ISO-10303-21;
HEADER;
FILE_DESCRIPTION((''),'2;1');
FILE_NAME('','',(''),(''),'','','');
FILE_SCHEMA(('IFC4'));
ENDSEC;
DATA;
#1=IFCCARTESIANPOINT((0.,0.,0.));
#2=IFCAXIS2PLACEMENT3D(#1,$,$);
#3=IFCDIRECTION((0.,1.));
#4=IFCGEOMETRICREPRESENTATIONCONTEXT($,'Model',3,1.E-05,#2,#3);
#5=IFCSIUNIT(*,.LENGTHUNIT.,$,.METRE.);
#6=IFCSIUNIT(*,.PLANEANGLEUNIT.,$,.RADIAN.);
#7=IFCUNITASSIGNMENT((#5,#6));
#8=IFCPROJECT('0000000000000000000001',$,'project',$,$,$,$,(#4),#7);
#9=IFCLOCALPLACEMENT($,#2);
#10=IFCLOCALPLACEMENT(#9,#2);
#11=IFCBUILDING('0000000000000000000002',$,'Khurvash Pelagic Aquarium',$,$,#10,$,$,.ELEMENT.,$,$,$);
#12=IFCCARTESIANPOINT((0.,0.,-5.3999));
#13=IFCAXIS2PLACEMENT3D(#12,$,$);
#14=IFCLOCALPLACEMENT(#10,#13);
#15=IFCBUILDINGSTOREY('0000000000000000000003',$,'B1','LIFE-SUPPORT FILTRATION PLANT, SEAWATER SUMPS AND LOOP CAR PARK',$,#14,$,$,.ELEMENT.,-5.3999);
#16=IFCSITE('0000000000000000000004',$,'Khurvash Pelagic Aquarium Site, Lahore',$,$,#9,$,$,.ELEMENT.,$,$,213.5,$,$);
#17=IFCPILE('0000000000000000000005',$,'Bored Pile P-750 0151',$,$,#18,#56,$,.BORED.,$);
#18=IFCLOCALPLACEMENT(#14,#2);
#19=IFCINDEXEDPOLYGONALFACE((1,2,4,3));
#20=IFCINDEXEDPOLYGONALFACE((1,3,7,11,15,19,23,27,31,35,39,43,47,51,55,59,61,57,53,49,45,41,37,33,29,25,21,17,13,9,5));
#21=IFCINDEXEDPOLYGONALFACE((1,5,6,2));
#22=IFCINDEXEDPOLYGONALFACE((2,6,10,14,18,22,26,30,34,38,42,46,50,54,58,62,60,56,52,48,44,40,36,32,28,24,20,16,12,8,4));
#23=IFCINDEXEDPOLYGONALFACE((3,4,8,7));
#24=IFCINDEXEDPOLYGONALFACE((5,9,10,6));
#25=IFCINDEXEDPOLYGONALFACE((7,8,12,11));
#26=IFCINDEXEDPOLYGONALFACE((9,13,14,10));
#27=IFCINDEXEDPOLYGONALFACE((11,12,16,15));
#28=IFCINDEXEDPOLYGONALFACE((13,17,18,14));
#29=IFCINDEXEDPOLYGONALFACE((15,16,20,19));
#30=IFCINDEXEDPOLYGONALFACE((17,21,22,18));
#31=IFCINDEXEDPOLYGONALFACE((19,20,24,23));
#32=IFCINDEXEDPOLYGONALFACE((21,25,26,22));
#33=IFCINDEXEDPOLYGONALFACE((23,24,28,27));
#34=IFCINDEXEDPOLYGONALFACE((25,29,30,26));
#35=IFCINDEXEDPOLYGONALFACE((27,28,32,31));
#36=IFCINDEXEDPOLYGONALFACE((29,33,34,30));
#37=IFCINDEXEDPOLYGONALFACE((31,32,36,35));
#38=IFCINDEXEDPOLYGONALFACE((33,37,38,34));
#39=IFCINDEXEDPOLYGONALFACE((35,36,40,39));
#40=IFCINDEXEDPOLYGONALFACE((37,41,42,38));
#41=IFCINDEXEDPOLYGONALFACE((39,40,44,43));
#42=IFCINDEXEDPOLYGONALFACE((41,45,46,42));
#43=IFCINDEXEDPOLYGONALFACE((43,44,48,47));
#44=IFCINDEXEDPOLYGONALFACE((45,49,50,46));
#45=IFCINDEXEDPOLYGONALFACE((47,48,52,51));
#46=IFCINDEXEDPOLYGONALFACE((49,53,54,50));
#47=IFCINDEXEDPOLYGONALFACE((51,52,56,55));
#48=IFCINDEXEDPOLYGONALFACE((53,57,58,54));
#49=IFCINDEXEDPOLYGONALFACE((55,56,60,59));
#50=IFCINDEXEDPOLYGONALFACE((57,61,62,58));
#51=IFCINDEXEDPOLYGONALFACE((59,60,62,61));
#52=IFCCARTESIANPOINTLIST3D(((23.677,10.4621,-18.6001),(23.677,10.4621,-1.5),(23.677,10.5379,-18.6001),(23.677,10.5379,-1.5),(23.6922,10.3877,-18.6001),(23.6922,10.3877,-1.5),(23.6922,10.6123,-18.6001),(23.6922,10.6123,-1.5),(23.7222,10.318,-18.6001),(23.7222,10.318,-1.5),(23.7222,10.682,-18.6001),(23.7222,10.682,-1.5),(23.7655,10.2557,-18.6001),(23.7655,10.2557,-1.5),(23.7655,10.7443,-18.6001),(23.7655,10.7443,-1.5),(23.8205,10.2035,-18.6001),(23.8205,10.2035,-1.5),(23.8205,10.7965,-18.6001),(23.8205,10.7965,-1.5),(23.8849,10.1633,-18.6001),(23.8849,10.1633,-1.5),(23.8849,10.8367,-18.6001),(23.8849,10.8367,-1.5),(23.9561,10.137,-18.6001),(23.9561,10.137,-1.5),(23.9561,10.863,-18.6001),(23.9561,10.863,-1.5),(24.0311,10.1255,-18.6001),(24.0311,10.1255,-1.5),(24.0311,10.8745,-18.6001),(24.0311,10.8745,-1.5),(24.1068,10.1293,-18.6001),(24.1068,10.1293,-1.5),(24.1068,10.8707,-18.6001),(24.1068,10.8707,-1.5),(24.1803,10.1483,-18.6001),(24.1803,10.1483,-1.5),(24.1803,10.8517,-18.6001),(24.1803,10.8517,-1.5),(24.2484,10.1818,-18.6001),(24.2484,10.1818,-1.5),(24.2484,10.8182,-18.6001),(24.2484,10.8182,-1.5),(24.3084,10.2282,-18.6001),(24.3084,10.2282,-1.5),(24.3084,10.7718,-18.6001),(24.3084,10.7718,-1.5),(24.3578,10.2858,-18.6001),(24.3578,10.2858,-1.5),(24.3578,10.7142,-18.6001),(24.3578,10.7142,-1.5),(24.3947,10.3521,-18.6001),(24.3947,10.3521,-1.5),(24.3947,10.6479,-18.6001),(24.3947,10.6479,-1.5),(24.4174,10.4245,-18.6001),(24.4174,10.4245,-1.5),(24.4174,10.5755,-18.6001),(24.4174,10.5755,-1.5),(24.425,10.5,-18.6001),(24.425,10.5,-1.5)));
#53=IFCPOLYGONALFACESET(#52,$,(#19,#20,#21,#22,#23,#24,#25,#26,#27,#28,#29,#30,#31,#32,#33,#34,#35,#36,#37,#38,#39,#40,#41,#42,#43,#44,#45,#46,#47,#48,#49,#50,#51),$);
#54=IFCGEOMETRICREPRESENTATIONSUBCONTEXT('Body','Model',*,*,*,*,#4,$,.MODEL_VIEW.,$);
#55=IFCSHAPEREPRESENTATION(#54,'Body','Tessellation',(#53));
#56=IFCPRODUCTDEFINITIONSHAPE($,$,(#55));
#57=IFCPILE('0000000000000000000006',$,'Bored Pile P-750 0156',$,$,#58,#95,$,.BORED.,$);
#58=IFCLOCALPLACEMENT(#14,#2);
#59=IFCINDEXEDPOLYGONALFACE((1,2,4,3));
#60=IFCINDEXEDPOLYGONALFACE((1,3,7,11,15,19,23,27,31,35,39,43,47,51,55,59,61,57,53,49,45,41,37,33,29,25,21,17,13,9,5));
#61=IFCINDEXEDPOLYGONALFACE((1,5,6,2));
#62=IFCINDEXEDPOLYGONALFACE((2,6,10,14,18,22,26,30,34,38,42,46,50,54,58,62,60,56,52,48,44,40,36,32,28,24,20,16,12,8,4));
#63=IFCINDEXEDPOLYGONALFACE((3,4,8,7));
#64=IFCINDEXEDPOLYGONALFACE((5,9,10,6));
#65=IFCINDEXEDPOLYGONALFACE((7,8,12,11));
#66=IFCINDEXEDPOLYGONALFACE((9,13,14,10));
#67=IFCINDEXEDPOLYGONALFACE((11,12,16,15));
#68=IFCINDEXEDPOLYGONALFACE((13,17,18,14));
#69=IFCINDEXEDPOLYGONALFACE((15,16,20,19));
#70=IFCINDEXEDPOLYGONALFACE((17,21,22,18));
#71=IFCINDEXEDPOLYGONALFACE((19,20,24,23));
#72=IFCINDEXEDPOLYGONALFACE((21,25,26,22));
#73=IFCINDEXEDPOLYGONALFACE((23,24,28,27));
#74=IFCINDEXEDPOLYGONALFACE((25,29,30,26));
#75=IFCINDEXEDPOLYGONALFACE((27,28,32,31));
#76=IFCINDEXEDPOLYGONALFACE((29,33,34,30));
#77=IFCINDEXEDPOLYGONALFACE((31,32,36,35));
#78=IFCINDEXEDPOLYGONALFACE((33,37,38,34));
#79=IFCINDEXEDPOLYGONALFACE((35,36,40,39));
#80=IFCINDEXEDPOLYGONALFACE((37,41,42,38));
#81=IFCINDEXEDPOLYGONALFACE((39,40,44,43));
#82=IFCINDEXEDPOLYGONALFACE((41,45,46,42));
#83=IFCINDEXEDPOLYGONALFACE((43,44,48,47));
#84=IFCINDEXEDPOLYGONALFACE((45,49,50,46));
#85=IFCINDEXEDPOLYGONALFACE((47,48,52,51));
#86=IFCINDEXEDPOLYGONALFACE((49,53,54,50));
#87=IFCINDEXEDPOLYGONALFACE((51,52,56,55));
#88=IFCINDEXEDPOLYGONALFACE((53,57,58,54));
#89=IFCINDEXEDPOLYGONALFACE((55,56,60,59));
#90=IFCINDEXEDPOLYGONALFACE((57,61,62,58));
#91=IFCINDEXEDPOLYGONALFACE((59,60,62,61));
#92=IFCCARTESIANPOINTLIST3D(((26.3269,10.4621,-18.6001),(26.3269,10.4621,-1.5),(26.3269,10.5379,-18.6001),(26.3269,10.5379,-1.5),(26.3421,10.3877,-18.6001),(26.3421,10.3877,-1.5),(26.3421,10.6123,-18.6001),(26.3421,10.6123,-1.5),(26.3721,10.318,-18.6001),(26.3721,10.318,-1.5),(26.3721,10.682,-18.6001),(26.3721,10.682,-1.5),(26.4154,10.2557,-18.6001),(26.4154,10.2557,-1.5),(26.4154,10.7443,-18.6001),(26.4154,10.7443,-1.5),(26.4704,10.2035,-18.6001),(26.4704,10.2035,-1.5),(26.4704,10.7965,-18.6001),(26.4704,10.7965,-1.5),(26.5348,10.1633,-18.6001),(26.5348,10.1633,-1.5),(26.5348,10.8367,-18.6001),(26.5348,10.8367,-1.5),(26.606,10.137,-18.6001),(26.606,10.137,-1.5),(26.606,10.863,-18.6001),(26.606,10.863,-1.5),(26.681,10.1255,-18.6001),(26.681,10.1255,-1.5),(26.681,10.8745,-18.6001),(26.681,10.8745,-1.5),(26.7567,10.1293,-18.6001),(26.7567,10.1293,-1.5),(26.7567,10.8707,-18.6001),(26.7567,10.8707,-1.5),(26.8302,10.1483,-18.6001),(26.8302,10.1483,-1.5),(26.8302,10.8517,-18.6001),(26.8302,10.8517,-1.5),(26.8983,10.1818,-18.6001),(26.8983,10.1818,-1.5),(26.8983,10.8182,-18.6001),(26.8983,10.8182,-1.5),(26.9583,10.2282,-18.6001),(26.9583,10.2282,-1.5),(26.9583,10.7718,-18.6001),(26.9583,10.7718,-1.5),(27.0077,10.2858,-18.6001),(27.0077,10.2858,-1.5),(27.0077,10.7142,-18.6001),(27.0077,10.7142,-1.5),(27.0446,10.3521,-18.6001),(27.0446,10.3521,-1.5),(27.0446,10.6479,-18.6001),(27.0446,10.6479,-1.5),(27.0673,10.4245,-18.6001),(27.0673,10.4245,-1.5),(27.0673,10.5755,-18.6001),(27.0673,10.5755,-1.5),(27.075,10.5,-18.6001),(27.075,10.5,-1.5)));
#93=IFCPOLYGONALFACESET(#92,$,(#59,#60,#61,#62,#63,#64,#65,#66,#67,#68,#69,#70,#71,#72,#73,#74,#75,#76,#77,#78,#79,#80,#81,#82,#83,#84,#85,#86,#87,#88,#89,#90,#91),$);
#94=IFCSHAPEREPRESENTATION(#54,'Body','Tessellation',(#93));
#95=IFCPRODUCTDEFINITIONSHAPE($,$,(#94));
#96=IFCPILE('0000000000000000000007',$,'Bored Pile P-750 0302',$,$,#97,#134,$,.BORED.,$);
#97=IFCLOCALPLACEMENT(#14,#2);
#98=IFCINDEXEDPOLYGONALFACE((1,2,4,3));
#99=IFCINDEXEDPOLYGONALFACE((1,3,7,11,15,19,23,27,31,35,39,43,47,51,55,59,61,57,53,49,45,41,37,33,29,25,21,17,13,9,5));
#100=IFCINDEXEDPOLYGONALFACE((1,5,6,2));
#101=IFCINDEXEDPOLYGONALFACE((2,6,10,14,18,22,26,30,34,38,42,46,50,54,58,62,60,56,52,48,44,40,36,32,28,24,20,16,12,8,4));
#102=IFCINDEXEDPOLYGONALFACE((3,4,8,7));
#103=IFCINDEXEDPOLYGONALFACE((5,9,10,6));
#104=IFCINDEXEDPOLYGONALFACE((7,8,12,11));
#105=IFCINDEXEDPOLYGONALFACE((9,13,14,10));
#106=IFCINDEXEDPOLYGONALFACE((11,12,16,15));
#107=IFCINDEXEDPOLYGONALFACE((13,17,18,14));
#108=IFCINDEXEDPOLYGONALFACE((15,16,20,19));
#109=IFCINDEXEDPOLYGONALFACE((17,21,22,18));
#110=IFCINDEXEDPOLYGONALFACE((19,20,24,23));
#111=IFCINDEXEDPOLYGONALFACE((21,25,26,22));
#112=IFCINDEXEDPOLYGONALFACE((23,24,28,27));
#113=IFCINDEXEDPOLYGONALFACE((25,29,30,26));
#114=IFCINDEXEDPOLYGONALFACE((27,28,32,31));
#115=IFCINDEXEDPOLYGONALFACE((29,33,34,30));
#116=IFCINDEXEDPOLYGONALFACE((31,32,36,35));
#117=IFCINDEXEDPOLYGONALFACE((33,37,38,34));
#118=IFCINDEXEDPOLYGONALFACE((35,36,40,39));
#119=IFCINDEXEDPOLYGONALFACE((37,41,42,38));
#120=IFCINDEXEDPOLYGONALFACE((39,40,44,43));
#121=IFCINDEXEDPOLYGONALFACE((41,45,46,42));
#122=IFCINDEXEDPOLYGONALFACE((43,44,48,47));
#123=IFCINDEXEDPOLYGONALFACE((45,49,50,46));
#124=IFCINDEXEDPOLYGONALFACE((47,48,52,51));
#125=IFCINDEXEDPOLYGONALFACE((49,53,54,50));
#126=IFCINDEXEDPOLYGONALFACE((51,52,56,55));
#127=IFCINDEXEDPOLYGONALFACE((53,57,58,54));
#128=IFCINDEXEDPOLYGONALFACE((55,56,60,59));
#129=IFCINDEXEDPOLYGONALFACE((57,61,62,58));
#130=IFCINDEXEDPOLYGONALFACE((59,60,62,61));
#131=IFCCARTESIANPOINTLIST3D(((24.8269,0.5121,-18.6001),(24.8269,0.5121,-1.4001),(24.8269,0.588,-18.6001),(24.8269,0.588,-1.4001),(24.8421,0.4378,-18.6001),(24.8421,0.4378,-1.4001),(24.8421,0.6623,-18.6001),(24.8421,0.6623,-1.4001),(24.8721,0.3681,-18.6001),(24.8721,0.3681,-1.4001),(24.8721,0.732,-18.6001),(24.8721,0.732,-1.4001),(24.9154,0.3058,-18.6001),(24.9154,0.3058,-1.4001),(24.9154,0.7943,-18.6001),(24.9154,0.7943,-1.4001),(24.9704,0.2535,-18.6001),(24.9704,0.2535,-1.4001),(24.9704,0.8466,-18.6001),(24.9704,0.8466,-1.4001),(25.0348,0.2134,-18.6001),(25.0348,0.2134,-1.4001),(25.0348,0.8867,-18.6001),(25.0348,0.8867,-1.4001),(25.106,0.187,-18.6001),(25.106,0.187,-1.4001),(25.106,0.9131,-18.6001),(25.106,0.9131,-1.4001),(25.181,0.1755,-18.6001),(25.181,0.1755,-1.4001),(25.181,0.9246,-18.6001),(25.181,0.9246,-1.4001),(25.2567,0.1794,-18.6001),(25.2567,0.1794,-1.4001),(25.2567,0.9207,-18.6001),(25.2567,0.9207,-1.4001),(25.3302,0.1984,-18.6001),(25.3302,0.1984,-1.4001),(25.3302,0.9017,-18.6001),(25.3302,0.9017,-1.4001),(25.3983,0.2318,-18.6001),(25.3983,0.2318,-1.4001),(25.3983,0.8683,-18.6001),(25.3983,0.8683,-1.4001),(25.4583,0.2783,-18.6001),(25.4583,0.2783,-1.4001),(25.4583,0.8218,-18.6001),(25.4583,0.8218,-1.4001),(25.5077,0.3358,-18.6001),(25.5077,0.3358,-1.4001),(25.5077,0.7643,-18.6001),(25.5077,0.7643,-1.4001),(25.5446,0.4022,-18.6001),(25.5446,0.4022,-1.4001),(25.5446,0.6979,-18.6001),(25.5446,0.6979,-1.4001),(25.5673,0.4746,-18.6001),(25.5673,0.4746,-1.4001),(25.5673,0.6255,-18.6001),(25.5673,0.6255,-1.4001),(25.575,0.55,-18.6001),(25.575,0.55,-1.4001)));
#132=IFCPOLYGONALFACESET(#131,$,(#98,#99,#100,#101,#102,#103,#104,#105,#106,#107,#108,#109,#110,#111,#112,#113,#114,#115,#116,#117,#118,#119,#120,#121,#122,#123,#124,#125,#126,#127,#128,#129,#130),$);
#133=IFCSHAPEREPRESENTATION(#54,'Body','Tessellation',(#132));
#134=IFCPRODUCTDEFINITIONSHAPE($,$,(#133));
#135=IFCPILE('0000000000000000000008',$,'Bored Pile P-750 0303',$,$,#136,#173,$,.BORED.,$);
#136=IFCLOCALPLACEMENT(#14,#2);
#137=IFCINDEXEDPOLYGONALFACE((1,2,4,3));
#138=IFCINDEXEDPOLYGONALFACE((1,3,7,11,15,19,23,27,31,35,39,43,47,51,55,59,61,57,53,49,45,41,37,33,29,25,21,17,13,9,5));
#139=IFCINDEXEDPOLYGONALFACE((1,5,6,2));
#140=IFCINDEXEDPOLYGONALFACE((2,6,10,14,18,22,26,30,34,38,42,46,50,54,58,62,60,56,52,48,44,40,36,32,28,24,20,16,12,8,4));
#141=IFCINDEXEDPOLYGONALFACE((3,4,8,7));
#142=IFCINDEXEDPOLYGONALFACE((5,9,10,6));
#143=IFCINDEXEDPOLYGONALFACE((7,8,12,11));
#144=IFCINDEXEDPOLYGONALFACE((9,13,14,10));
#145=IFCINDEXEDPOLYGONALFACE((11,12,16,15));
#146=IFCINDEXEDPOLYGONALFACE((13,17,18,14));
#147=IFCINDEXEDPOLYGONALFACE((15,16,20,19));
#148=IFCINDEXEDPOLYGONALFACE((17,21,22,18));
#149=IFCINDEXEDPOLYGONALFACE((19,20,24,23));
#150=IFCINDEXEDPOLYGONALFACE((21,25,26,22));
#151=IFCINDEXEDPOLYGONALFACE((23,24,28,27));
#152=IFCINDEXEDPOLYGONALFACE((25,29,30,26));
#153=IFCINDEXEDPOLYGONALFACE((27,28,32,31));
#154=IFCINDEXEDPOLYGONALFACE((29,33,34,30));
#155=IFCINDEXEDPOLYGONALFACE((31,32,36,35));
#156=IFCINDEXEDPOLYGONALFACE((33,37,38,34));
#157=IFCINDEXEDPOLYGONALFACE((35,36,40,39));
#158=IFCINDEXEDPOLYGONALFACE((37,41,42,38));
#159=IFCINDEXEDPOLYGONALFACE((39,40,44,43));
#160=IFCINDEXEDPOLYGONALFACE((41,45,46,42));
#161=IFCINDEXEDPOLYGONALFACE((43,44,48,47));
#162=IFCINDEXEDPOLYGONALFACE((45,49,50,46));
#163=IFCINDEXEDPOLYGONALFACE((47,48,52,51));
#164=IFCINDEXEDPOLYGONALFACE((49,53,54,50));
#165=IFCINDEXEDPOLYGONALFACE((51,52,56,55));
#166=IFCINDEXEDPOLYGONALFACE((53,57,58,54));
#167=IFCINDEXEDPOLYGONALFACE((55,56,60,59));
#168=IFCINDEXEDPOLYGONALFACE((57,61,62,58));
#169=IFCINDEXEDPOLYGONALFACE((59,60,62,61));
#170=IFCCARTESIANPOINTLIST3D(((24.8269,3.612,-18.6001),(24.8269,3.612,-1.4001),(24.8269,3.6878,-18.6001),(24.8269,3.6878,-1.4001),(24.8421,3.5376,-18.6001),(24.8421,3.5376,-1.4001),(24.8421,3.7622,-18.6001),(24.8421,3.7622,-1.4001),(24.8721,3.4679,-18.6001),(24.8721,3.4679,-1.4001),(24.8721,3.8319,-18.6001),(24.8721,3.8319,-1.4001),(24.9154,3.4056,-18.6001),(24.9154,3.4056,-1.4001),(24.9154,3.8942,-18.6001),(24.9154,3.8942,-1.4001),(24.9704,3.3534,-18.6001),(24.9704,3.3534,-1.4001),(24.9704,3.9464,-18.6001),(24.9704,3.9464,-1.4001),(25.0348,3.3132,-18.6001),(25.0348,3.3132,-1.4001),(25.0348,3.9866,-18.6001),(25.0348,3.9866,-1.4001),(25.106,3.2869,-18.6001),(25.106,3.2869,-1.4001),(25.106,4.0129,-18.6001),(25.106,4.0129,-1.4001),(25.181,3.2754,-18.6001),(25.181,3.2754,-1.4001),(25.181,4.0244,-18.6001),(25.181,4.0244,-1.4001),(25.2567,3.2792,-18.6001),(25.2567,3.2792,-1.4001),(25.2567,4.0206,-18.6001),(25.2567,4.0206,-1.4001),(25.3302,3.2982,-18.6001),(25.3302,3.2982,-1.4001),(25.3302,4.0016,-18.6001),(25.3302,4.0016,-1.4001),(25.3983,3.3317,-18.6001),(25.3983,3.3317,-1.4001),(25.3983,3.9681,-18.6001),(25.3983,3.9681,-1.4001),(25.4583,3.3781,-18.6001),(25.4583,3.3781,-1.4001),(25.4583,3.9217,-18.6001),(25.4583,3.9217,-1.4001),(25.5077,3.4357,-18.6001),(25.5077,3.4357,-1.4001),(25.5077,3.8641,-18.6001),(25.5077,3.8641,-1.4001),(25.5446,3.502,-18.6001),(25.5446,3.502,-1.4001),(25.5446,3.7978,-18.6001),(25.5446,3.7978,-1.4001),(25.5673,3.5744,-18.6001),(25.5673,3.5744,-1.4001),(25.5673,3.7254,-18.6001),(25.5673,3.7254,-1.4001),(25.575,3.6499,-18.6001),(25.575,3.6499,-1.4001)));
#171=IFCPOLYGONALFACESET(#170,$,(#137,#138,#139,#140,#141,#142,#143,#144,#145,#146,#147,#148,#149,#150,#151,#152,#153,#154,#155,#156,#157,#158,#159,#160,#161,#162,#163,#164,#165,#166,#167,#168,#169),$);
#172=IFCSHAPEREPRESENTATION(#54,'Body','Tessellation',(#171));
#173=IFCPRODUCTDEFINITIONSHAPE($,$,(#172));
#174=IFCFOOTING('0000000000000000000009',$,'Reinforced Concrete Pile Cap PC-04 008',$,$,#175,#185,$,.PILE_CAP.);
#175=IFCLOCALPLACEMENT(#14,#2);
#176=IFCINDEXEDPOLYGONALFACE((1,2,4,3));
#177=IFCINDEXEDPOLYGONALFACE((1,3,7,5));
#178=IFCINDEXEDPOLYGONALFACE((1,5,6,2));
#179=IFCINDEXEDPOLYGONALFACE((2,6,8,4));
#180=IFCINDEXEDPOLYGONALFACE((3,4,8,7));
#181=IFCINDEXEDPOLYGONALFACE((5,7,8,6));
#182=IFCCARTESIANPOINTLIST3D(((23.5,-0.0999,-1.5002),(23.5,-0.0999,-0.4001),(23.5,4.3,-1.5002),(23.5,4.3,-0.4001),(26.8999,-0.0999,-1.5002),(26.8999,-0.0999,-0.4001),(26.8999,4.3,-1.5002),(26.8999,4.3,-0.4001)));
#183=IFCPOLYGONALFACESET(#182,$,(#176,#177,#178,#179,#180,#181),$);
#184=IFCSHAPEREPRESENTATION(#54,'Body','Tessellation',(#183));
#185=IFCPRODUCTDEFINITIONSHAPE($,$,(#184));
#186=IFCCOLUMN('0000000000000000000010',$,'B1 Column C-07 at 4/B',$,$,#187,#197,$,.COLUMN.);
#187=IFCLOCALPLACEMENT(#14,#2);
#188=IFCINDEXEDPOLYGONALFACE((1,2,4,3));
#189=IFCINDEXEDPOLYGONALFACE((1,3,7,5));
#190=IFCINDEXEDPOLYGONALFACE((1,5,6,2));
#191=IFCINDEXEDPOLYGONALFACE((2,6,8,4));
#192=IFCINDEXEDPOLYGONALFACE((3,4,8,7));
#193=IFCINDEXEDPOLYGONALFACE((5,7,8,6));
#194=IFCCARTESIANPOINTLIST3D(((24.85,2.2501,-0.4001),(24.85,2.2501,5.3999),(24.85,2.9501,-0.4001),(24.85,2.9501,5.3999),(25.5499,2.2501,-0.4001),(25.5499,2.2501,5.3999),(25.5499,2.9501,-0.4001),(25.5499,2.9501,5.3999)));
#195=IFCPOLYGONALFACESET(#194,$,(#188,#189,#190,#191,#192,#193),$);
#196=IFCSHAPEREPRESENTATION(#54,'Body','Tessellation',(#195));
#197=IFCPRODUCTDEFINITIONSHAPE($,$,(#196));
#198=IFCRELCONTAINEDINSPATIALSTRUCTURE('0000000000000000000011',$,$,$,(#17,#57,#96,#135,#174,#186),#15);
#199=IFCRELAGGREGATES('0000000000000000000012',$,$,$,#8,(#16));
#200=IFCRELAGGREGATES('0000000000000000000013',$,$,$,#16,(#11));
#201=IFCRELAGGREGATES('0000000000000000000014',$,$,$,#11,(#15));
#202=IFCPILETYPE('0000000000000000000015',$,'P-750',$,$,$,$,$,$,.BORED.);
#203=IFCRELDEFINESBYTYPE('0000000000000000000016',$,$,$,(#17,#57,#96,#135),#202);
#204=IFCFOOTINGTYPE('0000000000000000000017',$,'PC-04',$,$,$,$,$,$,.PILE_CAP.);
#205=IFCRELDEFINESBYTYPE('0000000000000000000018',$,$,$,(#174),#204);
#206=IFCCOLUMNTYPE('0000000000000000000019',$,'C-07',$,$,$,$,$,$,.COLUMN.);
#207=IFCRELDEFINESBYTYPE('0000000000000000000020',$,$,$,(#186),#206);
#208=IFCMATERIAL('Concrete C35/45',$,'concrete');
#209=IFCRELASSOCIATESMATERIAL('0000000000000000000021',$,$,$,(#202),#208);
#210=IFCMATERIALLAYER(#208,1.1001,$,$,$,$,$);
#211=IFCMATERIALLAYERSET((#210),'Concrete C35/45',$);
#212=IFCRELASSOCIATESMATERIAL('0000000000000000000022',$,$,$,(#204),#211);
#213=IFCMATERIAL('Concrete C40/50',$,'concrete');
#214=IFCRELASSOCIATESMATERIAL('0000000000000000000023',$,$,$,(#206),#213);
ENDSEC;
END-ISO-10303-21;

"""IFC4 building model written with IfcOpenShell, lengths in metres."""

from ifc_helpers import new_model, si_unit, direction, frame, origin, origin_2d, place, context, subcontext, project, spatial, rectangle, circle, extrude, material, layer, layer_set, material_profile, profile_set, type_object, element, save


model = new_model("IFC4")

# Units and contexts
model_context = context("Model", 3, precision=1e-05, world=origin(), true_north=direction((0.0, 1.0)))
body_context = subcontext(model_context, "Body", "Model", "MODEL_VIEW")
ifc_project = project(units=[si_unit("LENGTHUNIT", "METRE"), si_unit("PLANEANGLEUNIT", "RADIAN")], contexts=[model_context])

# Site, building, storey
site_placement = place(None, origin())
site = spatial("IfcSite", under=ifc_project, at=site_placement, Name="Khurvash Pelagic Aquarium Site, Lahore", CompositionType="ELEMENT", RefElevation=213.5)
building_placement = place(site_placement, origin())
building = spatial("IfcBuilding", under=site, at=building_placement, Name="Khurvash Pelagic Aquarium", CompositionType="ELEMENT")
storey_placement = place(building_placement, frame((0.0, 0.0, -5.3999)))
storey = spatial("IfcBuildingStorey", under=building, at=storey_placement, Name="B1", Description="LIFE-SUPPORT FILTRATION PLANT, SEAWATER SUMPS AND LOOP CAR PARK", CompositionType="ELEMENT", Elevation=-5.3999)

# Piles
ifc_material_1 = material(Name="Concrete C35/45", Category="concrete")
ifc_material_profile_1 = material_profile(ifc_material_1, circle(Radius=0.375, at=origin_2d()), Name="PILE750")
ifc_profile_set_1 = profile_set([ifc_material_profile_1], Name="Concrete C35/45")
pile_type = type_object("IfcPileType", Name="P-750", PredefinedType="BORED", material=ifc_profile_set_1)
for number, where, z_axis, x_axis, name in (
    (1, (24.05, 10.5, -1.5), (0.0, 0.0, -1.0), (1.0, 0.0, 0.0), "Bored Pile P-750 0151"),
    (2, (26.7, 10.5, -1.5), (0.0, 0.0, -1.0), (1.0, 0.0, 0.0), "Bored Pile P-750 0156"),
):
    element("IfcPile", number, at=place(storey_placement, frame(where, z_axis=z_axis, x_axis=x_axis)), inside=storey, type_object=pile_type, Name=name, PredefinedType="BORED", context=body_context, shape_type="SweptSolid", body=[
        extrude(circle(Radius=0.375, at=origin_2d()), origin(), (0.0, 0.0, 1.0), 17.1001),
    ])
for number, where, z_axis, x_axis, name in (
    (3, (25.2, 0.55, -1.4001), (0.0, 0.0, -1.0), (1.0, 0.0, 0.0), "Bored Pile P-750 0302"),
    (4, (25.2, 3.6499, -1.4001), (0.0, 0.0, -1.0), (1.0, 0.0, 0.0), "Bored Pile P-750 0303"),
):
    element("IfcPile", number, at=place(storey_placement, frame(where, z_axis=z_axis, x_axis=x_axis)), inside=storey, type_object=pile_type, Name=name, PredefinedType="BORED", context=body_context, shape_type="SweptSolid", body=[
        extrude(circle(Radius=0.375, at=origin_2d()), origin(), (0.0, 0.0, 1.0), 17.2),
    ])

# Footing
ifc_layer_1 = layer(ifc_material_1, 1.1001)
ifc_layer_set_1 = layer_set([ifc_layer_1], Name="Concrete C35/45")
footing_type = type_object("IfcFootingType", Name="PC-04", PredefinedType="PILE_CAP", material=ifc_layer_set_1)
footing_placement = place(storey_placement, frame((25.2, 2.1001, -1.5002), z_axis=(0.0, 0.0, 1.0), x_axis=(1.0, 0.0, 0.0)))
element("IfcFooting", 5, at=footing_placement, inside=storey, type_object=footing_type, Name="Reinforced Concrete Pile Cap PC-04 008", PredefinedType="PILE_CAP", context=body_context, shape_type="SweptSolid", body=[
    extrude(rectangle(XDim=3.3999, YDim=4.3999, at=origin_2d()), origin(), (0.0, 0.0, 1.0), 1.1001),
])

# Column
ifc_material_2 = material(Name="Concrete C40/50", Category="concrete")
ifc_material_profile_2 = material_profile(ifc_material_2, rectangle(XDim=0.7, YDim=0.7, at=origin_2d()), Name="RC700X700")
ifc_profile_set_2 = profile_set([ifc_material_profile_2], Name="Concrete C40/50")
column_type_1 = type_object("IfcColumnType", Name="C-07", PredefinedType="COLUMN", material=ifc_profile_set_2)
column_1_placement = place(storey_placement, frame((25.2, 2.6001, -0.4001), z_axis=(0.0, 0.0, 1.0), x_axis=(1.0, 0.0, 0.0)))
element("IfcColumn", 6, at=column_1_placement, inside=storey, type_object=column_type_1, Name="B1 Column C-07 at 4/B", PredefinedType="COLUMN", context=body_context, shape_type="SweptSolid", body=[
    extrude(rectangle(XDim=0.7, YDim=0.7, at=origin_2d()), origin(), (0.0, 0.0, 1.0), 5.8),
])

save(model, "model.ifc")
